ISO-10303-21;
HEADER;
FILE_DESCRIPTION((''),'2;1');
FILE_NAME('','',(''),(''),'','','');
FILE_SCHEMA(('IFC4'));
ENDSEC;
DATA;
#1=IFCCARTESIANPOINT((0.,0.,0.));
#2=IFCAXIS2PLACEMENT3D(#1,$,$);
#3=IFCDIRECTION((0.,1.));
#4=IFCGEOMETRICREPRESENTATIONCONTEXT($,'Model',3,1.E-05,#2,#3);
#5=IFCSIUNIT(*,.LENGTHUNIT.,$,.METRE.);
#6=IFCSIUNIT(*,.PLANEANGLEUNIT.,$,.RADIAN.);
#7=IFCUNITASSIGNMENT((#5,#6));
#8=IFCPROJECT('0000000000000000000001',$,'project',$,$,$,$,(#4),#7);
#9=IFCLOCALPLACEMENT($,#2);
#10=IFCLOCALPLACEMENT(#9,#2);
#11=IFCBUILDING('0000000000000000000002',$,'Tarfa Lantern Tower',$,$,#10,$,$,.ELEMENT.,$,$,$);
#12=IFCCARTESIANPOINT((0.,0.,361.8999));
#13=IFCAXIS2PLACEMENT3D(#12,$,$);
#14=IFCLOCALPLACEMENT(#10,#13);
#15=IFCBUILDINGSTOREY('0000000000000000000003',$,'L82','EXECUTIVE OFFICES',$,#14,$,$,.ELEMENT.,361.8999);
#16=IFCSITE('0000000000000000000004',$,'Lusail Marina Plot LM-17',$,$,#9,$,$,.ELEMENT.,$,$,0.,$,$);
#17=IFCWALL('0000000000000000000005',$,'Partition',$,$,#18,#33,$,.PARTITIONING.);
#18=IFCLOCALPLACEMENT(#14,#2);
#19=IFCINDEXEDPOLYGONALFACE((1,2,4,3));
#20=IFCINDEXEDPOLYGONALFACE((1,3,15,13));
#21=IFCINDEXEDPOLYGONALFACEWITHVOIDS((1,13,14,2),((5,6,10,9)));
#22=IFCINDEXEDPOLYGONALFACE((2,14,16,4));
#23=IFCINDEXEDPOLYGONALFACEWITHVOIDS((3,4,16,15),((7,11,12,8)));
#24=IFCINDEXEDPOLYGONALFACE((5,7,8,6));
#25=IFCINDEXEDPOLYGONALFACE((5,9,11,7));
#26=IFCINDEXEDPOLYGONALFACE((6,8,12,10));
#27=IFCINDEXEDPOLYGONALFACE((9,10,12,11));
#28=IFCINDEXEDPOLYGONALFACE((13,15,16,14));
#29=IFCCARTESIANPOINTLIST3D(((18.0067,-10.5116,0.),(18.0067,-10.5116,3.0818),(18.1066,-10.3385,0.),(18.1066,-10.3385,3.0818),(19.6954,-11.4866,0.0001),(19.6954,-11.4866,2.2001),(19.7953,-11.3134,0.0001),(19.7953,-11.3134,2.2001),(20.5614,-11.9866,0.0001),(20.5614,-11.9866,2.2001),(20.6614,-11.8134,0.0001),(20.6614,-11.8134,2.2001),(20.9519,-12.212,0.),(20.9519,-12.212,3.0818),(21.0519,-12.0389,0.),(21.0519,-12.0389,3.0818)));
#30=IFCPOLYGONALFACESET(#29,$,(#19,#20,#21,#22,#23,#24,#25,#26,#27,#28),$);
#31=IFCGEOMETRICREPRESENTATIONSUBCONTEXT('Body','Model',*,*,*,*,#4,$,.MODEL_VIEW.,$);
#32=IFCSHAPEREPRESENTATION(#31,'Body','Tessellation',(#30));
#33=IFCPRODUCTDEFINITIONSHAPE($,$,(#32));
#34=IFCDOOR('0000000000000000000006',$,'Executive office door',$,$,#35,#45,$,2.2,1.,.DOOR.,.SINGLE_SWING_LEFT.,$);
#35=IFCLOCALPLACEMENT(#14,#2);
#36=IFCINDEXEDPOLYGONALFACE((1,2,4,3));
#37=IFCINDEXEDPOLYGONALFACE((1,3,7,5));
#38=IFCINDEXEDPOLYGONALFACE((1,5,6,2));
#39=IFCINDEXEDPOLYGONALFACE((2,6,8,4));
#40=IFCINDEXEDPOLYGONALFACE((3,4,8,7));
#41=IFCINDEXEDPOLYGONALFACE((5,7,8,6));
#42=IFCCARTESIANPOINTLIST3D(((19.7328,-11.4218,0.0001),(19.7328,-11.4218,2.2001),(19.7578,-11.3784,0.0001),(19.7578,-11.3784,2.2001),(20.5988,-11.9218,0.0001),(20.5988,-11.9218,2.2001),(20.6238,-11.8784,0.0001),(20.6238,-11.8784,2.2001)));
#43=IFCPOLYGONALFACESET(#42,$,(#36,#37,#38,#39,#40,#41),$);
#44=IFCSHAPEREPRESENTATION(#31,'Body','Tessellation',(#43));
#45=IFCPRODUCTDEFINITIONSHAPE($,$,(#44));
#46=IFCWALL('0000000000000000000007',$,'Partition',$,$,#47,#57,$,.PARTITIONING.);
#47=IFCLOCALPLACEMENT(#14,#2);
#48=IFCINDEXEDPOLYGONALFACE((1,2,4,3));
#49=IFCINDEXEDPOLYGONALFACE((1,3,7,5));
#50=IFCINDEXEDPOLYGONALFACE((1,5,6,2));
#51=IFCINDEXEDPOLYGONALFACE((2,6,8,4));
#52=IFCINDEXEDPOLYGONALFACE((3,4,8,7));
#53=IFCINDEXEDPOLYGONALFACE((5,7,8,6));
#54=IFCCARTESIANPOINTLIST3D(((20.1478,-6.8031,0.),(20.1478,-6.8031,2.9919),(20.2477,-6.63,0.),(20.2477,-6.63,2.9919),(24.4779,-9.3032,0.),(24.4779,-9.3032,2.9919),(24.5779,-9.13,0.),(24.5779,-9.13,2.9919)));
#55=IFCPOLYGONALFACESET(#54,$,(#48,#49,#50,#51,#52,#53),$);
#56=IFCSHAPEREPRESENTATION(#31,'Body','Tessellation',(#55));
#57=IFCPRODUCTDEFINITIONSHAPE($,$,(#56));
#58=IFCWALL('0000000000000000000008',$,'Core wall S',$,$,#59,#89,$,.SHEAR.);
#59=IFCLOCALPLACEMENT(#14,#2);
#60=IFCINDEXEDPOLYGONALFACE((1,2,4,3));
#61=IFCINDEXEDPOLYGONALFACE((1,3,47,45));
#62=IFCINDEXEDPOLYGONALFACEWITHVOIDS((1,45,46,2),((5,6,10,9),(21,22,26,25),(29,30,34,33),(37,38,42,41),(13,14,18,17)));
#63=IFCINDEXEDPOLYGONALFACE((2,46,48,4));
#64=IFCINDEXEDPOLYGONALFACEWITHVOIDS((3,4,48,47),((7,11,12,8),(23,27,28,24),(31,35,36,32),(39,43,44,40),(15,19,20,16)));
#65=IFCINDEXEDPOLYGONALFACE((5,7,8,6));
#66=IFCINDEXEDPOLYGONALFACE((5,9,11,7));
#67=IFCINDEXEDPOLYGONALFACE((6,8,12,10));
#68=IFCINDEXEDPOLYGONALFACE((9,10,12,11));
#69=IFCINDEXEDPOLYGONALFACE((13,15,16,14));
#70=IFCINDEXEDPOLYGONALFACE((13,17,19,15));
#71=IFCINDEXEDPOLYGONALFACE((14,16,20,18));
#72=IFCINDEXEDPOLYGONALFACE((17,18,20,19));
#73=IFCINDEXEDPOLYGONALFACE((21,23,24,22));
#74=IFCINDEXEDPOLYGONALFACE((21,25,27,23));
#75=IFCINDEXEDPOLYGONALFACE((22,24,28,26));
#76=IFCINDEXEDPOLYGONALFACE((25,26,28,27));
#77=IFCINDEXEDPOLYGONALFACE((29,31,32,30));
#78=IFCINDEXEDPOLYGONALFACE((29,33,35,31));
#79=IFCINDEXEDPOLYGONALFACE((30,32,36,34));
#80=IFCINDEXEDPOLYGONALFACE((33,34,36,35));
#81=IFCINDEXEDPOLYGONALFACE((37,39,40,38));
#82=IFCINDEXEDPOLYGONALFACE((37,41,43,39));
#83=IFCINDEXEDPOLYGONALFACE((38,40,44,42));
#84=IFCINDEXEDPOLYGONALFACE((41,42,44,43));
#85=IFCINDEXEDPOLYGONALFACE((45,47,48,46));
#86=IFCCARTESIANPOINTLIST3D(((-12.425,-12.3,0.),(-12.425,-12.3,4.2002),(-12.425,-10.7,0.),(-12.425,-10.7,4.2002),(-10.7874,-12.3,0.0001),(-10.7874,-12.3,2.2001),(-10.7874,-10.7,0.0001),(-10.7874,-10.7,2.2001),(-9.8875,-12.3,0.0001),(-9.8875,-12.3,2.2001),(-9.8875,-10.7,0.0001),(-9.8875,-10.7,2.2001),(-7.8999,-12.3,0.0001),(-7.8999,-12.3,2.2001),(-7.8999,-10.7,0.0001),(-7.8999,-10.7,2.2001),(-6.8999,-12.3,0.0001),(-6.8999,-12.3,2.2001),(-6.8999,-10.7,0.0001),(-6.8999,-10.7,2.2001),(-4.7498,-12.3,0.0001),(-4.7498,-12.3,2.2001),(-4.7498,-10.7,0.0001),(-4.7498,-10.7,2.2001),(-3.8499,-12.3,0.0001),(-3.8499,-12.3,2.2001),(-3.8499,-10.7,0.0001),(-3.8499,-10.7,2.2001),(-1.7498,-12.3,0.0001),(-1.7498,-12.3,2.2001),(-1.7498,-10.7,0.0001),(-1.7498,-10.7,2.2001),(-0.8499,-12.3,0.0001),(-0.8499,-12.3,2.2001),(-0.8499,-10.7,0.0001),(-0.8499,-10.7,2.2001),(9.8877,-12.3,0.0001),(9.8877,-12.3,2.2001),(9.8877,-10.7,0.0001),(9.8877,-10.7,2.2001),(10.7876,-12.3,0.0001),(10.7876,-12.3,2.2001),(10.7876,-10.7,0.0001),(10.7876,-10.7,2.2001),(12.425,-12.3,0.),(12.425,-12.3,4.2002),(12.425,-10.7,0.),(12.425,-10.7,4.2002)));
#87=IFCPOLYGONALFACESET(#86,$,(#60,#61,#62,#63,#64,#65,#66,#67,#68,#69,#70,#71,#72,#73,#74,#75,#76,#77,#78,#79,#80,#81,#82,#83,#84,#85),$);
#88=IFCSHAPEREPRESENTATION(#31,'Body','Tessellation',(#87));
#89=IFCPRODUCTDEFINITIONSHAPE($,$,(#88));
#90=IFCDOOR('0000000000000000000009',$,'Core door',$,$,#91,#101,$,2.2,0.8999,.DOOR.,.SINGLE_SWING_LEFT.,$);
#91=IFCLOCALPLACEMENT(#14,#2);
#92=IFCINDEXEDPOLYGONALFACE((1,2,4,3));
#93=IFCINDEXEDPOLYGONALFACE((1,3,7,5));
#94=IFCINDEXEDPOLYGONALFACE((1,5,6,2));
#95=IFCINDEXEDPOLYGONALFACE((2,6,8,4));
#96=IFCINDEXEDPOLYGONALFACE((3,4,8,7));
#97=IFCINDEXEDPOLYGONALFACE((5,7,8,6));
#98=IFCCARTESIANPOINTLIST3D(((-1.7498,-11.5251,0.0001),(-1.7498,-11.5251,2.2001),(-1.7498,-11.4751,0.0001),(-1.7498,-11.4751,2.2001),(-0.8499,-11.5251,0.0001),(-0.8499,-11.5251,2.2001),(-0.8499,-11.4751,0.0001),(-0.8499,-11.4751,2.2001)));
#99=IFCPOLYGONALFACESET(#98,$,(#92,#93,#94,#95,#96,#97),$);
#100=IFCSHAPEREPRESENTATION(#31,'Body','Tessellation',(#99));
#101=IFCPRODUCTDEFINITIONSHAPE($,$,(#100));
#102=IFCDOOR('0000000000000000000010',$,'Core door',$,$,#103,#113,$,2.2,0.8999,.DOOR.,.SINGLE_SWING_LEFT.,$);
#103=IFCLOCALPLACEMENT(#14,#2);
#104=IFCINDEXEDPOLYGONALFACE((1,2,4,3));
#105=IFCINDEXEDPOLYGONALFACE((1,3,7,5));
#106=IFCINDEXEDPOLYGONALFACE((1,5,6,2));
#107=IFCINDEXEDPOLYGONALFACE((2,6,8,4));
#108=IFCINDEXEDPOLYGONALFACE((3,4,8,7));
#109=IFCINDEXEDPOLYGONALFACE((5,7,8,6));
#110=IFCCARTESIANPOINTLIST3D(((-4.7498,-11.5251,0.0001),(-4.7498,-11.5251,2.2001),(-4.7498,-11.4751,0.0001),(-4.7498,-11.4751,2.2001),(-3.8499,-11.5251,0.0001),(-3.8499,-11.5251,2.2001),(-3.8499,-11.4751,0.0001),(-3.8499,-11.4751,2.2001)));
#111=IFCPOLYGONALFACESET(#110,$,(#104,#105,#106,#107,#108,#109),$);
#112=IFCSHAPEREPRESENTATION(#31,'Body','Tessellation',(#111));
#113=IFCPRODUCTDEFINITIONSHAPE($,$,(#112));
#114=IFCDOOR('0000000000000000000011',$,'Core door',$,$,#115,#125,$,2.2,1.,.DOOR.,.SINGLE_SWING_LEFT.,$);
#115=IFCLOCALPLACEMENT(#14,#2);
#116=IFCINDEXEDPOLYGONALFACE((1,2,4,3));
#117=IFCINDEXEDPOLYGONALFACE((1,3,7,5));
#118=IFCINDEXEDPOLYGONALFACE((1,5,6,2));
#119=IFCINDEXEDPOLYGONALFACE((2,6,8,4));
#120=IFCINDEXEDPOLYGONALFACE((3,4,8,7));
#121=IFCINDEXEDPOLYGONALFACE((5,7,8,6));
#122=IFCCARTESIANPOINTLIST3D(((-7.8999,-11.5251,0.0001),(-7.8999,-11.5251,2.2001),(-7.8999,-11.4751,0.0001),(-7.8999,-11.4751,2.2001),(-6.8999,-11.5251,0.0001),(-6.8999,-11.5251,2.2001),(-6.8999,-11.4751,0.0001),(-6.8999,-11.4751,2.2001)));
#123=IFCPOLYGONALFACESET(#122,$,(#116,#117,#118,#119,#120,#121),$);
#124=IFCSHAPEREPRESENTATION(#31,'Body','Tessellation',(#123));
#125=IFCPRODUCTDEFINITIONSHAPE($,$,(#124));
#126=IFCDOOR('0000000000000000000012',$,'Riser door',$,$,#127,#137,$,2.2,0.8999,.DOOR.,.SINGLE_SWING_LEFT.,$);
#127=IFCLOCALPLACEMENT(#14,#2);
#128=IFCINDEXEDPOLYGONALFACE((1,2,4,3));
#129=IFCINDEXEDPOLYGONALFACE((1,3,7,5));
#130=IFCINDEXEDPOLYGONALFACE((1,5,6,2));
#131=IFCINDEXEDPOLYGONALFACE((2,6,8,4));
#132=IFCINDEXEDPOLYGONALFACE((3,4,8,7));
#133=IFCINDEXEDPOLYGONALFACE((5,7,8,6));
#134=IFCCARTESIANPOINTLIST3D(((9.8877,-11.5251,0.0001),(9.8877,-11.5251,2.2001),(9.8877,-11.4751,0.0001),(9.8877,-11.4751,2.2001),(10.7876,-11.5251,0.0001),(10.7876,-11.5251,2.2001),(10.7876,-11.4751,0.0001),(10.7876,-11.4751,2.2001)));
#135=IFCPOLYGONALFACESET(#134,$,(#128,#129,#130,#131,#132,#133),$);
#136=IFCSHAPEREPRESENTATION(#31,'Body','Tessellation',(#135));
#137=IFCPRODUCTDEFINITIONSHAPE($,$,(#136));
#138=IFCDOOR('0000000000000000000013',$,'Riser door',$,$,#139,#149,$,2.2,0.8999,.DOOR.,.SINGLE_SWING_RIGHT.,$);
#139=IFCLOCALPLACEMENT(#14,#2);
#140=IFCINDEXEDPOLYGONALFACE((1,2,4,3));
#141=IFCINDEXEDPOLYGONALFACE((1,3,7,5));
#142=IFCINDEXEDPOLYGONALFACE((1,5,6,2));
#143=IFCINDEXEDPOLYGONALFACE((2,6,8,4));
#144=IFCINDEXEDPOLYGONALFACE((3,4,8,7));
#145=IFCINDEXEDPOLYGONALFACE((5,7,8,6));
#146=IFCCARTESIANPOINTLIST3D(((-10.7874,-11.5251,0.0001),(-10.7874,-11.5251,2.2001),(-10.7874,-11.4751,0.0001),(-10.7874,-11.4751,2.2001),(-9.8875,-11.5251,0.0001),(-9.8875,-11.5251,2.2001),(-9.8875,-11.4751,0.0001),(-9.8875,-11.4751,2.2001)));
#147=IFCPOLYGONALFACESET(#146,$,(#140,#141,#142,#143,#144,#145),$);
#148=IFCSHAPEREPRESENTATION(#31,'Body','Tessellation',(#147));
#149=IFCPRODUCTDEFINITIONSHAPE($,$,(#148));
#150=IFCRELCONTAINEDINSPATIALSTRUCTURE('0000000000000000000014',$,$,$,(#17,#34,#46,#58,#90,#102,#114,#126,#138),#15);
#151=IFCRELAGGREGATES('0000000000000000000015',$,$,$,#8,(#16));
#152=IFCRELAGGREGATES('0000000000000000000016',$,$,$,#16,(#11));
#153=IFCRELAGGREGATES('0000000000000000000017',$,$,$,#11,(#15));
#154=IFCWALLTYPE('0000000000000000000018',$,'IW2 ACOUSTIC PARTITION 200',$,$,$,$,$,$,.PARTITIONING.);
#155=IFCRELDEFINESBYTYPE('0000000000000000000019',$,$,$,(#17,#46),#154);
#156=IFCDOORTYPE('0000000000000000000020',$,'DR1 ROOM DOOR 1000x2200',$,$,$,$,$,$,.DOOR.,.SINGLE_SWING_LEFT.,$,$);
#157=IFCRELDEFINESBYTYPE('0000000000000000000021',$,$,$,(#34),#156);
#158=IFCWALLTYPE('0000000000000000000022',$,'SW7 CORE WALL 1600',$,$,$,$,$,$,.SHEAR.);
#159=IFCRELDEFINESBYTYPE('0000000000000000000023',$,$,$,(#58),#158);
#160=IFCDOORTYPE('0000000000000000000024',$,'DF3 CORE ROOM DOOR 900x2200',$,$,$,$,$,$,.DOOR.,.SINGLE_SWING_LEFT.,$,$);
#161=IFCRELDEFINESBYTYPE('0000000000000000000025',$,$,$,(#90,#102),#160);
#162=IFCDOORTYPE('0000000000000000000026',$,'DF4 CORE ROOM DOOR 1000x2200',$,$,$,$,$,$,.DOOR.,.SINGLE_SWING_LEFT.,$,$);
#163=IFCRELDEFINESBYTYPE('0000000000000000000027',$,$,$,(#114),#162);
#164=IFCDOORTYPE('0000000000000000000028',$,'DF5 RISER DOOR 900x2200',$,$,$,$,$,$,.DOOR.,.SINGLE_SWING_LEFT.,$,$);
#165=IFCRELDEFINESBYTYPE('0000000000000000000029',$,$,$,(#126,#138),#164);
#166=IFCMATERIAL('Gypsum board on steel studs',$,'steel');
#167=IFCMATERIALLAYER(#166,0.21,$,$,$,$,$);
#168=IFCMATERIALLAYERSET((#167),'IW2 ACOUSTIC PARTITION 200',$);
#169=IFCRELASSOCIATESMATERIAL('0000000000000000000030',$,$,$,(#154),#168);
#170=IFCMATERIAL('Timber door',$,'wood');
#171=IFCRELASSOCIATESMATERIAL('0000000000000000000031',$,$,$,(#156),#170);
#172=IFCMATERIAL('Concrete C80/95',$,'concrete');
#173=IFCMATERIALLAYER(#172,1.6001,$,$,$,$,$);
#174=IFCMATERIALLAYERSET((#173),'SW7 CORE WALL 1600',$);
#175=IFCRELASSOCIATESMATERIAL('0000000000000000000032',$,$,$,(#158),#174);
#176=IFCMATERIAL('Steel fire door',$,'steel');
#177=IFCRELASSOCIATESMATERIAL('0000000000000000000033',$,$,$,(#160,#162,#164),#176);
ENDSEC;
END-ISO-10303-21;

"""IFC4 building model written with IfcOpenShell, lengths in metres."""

from ifc_helpers import new_model, si_unit, direction, frame, frame_2d, origin, place, context, subcontext, project, spatial, rectangle, extrude, material, layer, layer_set, type_object, element, fill, save


model = new_model("IFC4")

# Units and contexts
model_context = context("Model", 3, precision=1e-05, world=origin(), true_north=direction((0.0, 1.0)))
body_context = subcontext(model_context, "Body", "Model", "MODEL_VIEW")
ifc_project = project(units=[si_unit("LENGTHUNIT", "METRE"), si_unit("PLANEANGLEUNIT", "RADIAN")], contexts=[model_context])

# Site, building, storey
site_placement = place(None, origin())
site = spatial("IfcSite", under=ifc_project, at=site_placement, Name="Lusail Marina Plot LM-17", CompositionType="ELEMENT", RefElevation=0.0)
building_placement = place(site_placement, origin())
building = spatial("IfcBuilding", under=site, at=building_placement, Name="Tarfa Lantern Tower", CompositionType="ELEMENT")
storey_placement = place(building_placement, frame((0.0, 0.0, 361.8999)))
storey = spatial("IfcBuildingStorey", under=building, at=storey_placement, Name="L82", Description="EXECUTIVE OFFICES", CompositionType="ELEMENT", Elevation=361.8999)

# Shared definitions
ifc_material_1 = material(Name="Concrete C80/95", Category="concrete")

# Wall, opening, door
ifc_material_2 = material(Name="Gypsum board on steel studs", Category="steel")
ifc_layer_1 = layer(ifc_material_2, 0.21)
ifc_layer_set_1 = layer_set([ifc_layer_1], Name="IW2 ACOUSTIC PARTITION 200")
wall_type_1 = type_object("IfcWallType", Name="IW2 ACOUSTIC PARTITION 200", PredefinedType="PARTITIONING", material=ifc_layer_set_1)
wall_1_placement = place(storey_placement, frame((18.0566, -10.425, 0.0), z_axis=(0.0, 0.0, 1.0), x_axis=(0.86603, -0.499992, 0.0)))
wall_1 = element("IfcWall", 1, at=wall_1_placement, inside=storey, type_object=wall_type_1, Name="Partition", PredefinedType="PARTITIONING", context=body_context, shape_type="SweptSolid", body=[
    extrude(rectangle(XDim=3.4009, YDim=0.2, at=frame_2d((1.7004, 0.0))), origin(), (0.0, 0.0, 1.0), 3.0818),
])
opening_1_placement = place(wall_1_placement, frame((1.95, 0.0, 0.0)))
opening_1 = element("IfcOpeningElement", 2, at=opening_1_placement, cuts=wall_1, PredefinedType="OPENING", context=body_context, shape_type="SweptSolid", body=[
    extrude(rectangle(XDim=1.0, YDim=2.2, at=frame_2d((0.5, 1.1001))), frame((0.0, 0.1099, 0.0), z_axis=(0.0, -1.0, 0.0), x_axis=(1.0, 0.0, 0.0)), (0.0, 0.0, 1.0), 0.22),
])
ifc_material_3 = material(Name="Timber door", Category="wood")
door_type_1 = type_object("IfcDoorType", Name="DR1 ROOM DOOR 1000x2200", OperationType="SINGLE_SWING_LEFT", PredefinedType="DOOR", material=ifc_material_3)
door_1_placement = place(opening_1_placement, origin())
door_1 = element("IfcDoor", 3, at=door_1_placement, inside=storey, type_object=door_type_1, Name="Executive office door", OperationType="SINGLE_SWING_LEFT", OverallHeight=2.2, OverallWidth=1.0, PredefinedType="DOOR", context=body_context, shape_type="SweptSolid", body=[
    extrude(rectangle(XDim=1.0, YDim=2.2, at=frame_2d((0.5, 1.1001))), frame((0.0, 0.0249, 0.0), z_axis=(0.0, -1.0, 0.0), x_axis=(1.0, 0.0, 0.0)), (0.0, 0.0, 1.0), 0.05),
])
fill(opening_1, door_1)

# Wall
wall_2_placement = place(storey_placement, frame((20.1978, -6.7166, 0.0), z_axis=(0.0, 0.0, 1.0), x_axis=(0.866023, -0.500004, 0.0)))
element("IfcWall", 4, at=wall_2_placement, inside=storey, type_object=wall_type_1, Name="Partition", PredefinedType="PARTITIONING", context=body_context, shape_type="SweptSolid", body=[
    extrude(rectangle(XDim=5.0, YDim=0.2, at=frame_2d((2.5, 0.0))), origin(), (0.0, 0.0, 1.0), 2.9919),
])

# Shared definitions
ifc_material_4 = material(Name="Steel fire door", Category="steel")

# Wall, openings, doors
ifc_layer_2 = layer(ifc_material_1, 1.6001)
ifc_layer_set_2 = layer_set([ifc_layer_2], Name="SW7 CORE WALL 1600")
wall_type_2 = type_object("IfcWallType", Name="SW7 CORE WALL 1600", PredefinedType="SHEAR", material=ifc_layer_set_2)
wall_3_placement = place(storey_placement, frame((12.425, -11.5, 0.0), z_axis=(0.0, 0.0, 1.0), x_axis=(-1.0, 0.0, 0.0)))
wall_3 = element("IfcWall", 5, at=wall_3_placement, inside=storey, type_object=wall_type_2, Name="Core wall S", PredefinedType="SHEAR", context=body_context, shape_type="SweptSolid", body=[
    extrude(rectangle(XDim=24.8501, YDim=1.6001, at=frame_2d((12.425, 0.0))), origin(), (0.0, 0.0, 1.0), 4.2002),
])
opening_2_placement = place(wall_3_placement, frame((13.2749, 0.0, 0.0)))
opening_2 = element("IfcOpeningElement", 6, at=opening_2_placement, cuts=wall_3, PredefinedType="OPENING", context=body_context, shape_type="SweptSolid", body=[
    extrude(rectangle(XDim=0.8999, YDim=2.2, at=frame_2d((0.45, 1.1001))), frame((0.0, 0.8101, 0.0), z_axis=(0.0, -1.0, 0.0), x_axis=(1.0, 0.0, 0.0)), (0.0, 0.0, 1.0), 1.6201),
])
opening_3_placement = place(wall_3_placement, frame((16.2749, 0.0, 0.0)))
opening_3 = element("IfcOpeningElement", 7, at=opening_3_placement, cuts=wall_3, PredefinedType="OPENING", context=body_context, shape_type="SweptSolid", body=[
    extrude(rectangle(XDim=0.8999, YDim=2.2, at=frame_2d((0.45, 1.1001))), frame((0.0, 0.8101, 0.0), z_axis=(0.0, -1.0, 0.0), x_axis=(1.0, 0.0, 0.0)), (0.0, 0.0, 1.0), 1.6201),
])
opening_4_placement = place(wall_3_placement, frame((19.325, 0.0, 0.0)))
opening_4 = element("IfcOpeningElement", 8, at=opening_4_placement, cuts=wall_3, PredefinedType="OPENING", context=body_context, shape_type="SweptSolid", body=[
    extrude(rectangle(XDim=1.0, YDim=2.2, at=frame_2d((0.5, 1.1001))), frame((0.0, 0.8101, 0.0), z_axis=(0.0, -1.0, 0.0), x_axis=(1.0, 0.0, 0.0)), (0.0, 0.0, 1.0), 1.6201),
])
opening_5_placement = place(wall_3_placement, frame((1.6375, 0.0, 0.0)))
opening_5 = element("IfcOpeningElement", 9, at=opening_5_placement, cuts=wall_3, PredefinedType="OPENING", context=body_context, shape_type="SweptSolid", body=[
    extrude(rectangle(XDim=0.8999, YDim=2.2, at=frame_2d((0.45, 1.1001))), frame((0.0, 0.8101, 0.0), z_axis=(0.0, -1.0, 0.0), x_axis=(1.0, 0.0, 0.0)), (0.0, 0.0, 1.0), 1.6201),
])
opening_6_placement = place(wall_3_placement, frame((22.3125, 0.0, 0.0)))
opening_6 = element("IfcOpeningElement", 10, at=opening_6_placement, cuts=wall_3, PredefinedType="OPENING", context=body_context, shape_type="SweptSolid", body=[
    extrude(rectangle(XDim=0.8999, YDim=2.2, at=frame_2d((0.45, 1.1001))), frame((0.0, 0.8101, 0.0), z_axis=(0.0, -1.0, 0.0), x_axis=(1.0, 0.0, 0.0)), (0.0, 0.0, 1.0), 1.6201),
])
door_type_2 = type_object("IfcDoorType", Name="DF3 CORE ROOM DOOR 900x2200", OperationType="SINGLE_SWING_LEFT", PredefinedType="DOOR", material=ifc_material_4)
door_2_placement = place(opening_2_placement, frame((0.8999, 0.0, 0.0), z_axis=(0.0, 0.0, 1.0), x_axis=(-1.0, 0.0, 0.0)))
door_2 = element("IfcDoor", 11, at=door_2_placement, inside=storey, type_object=door_type_2, Name="Core door", OperationType="SINGLE_SWING_LEFT", OverallHeight=2.2, OverallWidth=0.8999, PredefinedType="DOOR", context=body_context, shape_type="SweptSolid", body=[
    extrude(rectangle(XDim=0.8999, YDim=2.2, at=frame_2d((0.45, 1.1001))), frame((0.0, 0.0249, 0.0), z_axis=(0.0, -1.0, 0.0), x_axis=(1.0, 0.0, 0.0)), (0.0, 0.0, 1.0), 0.05),
])
fill(opening_2, door_2)
door_3_placement = place(opening_3_placement, frame((0.8999, 0.0, 0.0), z_axis=(0.0, 0.0, 1.0), x_axis=(-1.0, 0.0, 0.0)))
door_3 = element("IfcDoor", 12, at=door_3_placement, inside=storey, type_object=door_type_2, Name="Core door", OperationType="SINGLE_SWING_LEFT", OverallHeight=2.2, OverallWidth=0.8999, PredefinedType="DOOR", context=body_context, shape_type="SweptSolid", body=[
    extrude(rectangle(XDim=0.8999, YDim=2.2, at=frame_2d((0.45, 1.1001))), frame((0.0, 0.0249, 0.0), z_axis=(0.0, -1.0, 0.0), x_axis=(1.0, 0.0, 0.0)), (0.0, 0.0, 1.0), 0.05),
])
fill(opening_3, door_3)
door_type_3 = type_object("IfcDoorType", Name="DF4 CORE ROOM DOOR 1000x2200", OperationType="SINGLE_SWING_LEFT", PredefinedType="DOOR", material=ifc_material_4)
door_4_placement = place(opening_4_placement, frame((1.0, 0.0, 0.0), z_axis=(0.0, 0.0, 1.0), x_axis=(-1.0, 0.0, 0.0)))
door_4 = element("IfcDoor", 13, at=door_4_placement, inside=storey, type_object=door_type_3, Name="Core door", OperationType="SINGLE_SWING_LEFT", OverallHeight=2.2, OverallWidth=1.0, PredefinedType="DOOR", context=body_context, shape_type="SweptSolid", body=[
    extrude(rectangle(XDim=1.0, YDim=2.2, at=frame_2d((0.5, 1.1001))), frame((0.0, 0.0249, 0.0), z_axis=(0.0, -1.0, 0.0), x_axis=(1.0, 0.0, 0.0)), (0.0, 0.0, 1.0), 0.05),
])
fill(opening_4, door_4)
door_type_4 = type_object("IfcDoorType", Name="DF5 RISER DOOR 900x2200", OperationType="SINGLE_SWING_LEFT", PredefinedType="DOOR", material=ifc_material_4)
door_5_placement = place(opening_5_placement, frame((0.8999, 0.0, 0.0), z_axis=(0.0, 0.0, 1.0), x_axis=(-1.0, 0.0, 0.0)))
door_5 = element("IfcDoor", 14, at=door_5_placement, inside=storey, type_object=door_type_4, Name="Riser door", OperationType="SINGLE_SWING_LEFT", OverallHeight=2.2, OverallWidth=0.8999, PredefinedType="DOOR", context=body_context, shape_type="SweptSolid", body=[
    extrude(rectangle(XDim=0.8999, YDim=2.2, at=frame_2d((0.45, 1.1001))), frame((0.0, 0.0249, 0.0), z_axis=(0.0, -1.0, 0.0), x_axis=(1.0, 0.0, 0.0)), (0.0, 0.0, 1.0), 0.05),
])
fill(opening_5, door_5)
door_6_placement = place(opening_6_placement, frame((0.8999, 0.0, 0.0), z_axis=(0.0, 0.0, 1.0), x_axis=(-1.0, 0.0, 0.0)))
door_6 = element("IfcDoor", 15, at=door_6_placement, inside=storey, type_object=door_type_4, Name="Riser door", OperationType="SINGLE_SWING_RIGHT", OverallHeight=2.2, OverallWidth=0.8999, PredefinedType="DOOR", context=body_context, shape_type="SweptSolid", body=[
    extrude(rectangle(XDim=0.8999, YDim=2.2, at=frame_2d((0.45, 1.1001))), frame((0.0, 0.0249, 0.0), z_axis=(0.0, -1.0, 0.0), x_axis=(1.0, 0.0, 0.0)), (0.0, 0.0, 1.0), 0.05),
])
fill(opening_6, door_6)

save(model, "model.ifc")
